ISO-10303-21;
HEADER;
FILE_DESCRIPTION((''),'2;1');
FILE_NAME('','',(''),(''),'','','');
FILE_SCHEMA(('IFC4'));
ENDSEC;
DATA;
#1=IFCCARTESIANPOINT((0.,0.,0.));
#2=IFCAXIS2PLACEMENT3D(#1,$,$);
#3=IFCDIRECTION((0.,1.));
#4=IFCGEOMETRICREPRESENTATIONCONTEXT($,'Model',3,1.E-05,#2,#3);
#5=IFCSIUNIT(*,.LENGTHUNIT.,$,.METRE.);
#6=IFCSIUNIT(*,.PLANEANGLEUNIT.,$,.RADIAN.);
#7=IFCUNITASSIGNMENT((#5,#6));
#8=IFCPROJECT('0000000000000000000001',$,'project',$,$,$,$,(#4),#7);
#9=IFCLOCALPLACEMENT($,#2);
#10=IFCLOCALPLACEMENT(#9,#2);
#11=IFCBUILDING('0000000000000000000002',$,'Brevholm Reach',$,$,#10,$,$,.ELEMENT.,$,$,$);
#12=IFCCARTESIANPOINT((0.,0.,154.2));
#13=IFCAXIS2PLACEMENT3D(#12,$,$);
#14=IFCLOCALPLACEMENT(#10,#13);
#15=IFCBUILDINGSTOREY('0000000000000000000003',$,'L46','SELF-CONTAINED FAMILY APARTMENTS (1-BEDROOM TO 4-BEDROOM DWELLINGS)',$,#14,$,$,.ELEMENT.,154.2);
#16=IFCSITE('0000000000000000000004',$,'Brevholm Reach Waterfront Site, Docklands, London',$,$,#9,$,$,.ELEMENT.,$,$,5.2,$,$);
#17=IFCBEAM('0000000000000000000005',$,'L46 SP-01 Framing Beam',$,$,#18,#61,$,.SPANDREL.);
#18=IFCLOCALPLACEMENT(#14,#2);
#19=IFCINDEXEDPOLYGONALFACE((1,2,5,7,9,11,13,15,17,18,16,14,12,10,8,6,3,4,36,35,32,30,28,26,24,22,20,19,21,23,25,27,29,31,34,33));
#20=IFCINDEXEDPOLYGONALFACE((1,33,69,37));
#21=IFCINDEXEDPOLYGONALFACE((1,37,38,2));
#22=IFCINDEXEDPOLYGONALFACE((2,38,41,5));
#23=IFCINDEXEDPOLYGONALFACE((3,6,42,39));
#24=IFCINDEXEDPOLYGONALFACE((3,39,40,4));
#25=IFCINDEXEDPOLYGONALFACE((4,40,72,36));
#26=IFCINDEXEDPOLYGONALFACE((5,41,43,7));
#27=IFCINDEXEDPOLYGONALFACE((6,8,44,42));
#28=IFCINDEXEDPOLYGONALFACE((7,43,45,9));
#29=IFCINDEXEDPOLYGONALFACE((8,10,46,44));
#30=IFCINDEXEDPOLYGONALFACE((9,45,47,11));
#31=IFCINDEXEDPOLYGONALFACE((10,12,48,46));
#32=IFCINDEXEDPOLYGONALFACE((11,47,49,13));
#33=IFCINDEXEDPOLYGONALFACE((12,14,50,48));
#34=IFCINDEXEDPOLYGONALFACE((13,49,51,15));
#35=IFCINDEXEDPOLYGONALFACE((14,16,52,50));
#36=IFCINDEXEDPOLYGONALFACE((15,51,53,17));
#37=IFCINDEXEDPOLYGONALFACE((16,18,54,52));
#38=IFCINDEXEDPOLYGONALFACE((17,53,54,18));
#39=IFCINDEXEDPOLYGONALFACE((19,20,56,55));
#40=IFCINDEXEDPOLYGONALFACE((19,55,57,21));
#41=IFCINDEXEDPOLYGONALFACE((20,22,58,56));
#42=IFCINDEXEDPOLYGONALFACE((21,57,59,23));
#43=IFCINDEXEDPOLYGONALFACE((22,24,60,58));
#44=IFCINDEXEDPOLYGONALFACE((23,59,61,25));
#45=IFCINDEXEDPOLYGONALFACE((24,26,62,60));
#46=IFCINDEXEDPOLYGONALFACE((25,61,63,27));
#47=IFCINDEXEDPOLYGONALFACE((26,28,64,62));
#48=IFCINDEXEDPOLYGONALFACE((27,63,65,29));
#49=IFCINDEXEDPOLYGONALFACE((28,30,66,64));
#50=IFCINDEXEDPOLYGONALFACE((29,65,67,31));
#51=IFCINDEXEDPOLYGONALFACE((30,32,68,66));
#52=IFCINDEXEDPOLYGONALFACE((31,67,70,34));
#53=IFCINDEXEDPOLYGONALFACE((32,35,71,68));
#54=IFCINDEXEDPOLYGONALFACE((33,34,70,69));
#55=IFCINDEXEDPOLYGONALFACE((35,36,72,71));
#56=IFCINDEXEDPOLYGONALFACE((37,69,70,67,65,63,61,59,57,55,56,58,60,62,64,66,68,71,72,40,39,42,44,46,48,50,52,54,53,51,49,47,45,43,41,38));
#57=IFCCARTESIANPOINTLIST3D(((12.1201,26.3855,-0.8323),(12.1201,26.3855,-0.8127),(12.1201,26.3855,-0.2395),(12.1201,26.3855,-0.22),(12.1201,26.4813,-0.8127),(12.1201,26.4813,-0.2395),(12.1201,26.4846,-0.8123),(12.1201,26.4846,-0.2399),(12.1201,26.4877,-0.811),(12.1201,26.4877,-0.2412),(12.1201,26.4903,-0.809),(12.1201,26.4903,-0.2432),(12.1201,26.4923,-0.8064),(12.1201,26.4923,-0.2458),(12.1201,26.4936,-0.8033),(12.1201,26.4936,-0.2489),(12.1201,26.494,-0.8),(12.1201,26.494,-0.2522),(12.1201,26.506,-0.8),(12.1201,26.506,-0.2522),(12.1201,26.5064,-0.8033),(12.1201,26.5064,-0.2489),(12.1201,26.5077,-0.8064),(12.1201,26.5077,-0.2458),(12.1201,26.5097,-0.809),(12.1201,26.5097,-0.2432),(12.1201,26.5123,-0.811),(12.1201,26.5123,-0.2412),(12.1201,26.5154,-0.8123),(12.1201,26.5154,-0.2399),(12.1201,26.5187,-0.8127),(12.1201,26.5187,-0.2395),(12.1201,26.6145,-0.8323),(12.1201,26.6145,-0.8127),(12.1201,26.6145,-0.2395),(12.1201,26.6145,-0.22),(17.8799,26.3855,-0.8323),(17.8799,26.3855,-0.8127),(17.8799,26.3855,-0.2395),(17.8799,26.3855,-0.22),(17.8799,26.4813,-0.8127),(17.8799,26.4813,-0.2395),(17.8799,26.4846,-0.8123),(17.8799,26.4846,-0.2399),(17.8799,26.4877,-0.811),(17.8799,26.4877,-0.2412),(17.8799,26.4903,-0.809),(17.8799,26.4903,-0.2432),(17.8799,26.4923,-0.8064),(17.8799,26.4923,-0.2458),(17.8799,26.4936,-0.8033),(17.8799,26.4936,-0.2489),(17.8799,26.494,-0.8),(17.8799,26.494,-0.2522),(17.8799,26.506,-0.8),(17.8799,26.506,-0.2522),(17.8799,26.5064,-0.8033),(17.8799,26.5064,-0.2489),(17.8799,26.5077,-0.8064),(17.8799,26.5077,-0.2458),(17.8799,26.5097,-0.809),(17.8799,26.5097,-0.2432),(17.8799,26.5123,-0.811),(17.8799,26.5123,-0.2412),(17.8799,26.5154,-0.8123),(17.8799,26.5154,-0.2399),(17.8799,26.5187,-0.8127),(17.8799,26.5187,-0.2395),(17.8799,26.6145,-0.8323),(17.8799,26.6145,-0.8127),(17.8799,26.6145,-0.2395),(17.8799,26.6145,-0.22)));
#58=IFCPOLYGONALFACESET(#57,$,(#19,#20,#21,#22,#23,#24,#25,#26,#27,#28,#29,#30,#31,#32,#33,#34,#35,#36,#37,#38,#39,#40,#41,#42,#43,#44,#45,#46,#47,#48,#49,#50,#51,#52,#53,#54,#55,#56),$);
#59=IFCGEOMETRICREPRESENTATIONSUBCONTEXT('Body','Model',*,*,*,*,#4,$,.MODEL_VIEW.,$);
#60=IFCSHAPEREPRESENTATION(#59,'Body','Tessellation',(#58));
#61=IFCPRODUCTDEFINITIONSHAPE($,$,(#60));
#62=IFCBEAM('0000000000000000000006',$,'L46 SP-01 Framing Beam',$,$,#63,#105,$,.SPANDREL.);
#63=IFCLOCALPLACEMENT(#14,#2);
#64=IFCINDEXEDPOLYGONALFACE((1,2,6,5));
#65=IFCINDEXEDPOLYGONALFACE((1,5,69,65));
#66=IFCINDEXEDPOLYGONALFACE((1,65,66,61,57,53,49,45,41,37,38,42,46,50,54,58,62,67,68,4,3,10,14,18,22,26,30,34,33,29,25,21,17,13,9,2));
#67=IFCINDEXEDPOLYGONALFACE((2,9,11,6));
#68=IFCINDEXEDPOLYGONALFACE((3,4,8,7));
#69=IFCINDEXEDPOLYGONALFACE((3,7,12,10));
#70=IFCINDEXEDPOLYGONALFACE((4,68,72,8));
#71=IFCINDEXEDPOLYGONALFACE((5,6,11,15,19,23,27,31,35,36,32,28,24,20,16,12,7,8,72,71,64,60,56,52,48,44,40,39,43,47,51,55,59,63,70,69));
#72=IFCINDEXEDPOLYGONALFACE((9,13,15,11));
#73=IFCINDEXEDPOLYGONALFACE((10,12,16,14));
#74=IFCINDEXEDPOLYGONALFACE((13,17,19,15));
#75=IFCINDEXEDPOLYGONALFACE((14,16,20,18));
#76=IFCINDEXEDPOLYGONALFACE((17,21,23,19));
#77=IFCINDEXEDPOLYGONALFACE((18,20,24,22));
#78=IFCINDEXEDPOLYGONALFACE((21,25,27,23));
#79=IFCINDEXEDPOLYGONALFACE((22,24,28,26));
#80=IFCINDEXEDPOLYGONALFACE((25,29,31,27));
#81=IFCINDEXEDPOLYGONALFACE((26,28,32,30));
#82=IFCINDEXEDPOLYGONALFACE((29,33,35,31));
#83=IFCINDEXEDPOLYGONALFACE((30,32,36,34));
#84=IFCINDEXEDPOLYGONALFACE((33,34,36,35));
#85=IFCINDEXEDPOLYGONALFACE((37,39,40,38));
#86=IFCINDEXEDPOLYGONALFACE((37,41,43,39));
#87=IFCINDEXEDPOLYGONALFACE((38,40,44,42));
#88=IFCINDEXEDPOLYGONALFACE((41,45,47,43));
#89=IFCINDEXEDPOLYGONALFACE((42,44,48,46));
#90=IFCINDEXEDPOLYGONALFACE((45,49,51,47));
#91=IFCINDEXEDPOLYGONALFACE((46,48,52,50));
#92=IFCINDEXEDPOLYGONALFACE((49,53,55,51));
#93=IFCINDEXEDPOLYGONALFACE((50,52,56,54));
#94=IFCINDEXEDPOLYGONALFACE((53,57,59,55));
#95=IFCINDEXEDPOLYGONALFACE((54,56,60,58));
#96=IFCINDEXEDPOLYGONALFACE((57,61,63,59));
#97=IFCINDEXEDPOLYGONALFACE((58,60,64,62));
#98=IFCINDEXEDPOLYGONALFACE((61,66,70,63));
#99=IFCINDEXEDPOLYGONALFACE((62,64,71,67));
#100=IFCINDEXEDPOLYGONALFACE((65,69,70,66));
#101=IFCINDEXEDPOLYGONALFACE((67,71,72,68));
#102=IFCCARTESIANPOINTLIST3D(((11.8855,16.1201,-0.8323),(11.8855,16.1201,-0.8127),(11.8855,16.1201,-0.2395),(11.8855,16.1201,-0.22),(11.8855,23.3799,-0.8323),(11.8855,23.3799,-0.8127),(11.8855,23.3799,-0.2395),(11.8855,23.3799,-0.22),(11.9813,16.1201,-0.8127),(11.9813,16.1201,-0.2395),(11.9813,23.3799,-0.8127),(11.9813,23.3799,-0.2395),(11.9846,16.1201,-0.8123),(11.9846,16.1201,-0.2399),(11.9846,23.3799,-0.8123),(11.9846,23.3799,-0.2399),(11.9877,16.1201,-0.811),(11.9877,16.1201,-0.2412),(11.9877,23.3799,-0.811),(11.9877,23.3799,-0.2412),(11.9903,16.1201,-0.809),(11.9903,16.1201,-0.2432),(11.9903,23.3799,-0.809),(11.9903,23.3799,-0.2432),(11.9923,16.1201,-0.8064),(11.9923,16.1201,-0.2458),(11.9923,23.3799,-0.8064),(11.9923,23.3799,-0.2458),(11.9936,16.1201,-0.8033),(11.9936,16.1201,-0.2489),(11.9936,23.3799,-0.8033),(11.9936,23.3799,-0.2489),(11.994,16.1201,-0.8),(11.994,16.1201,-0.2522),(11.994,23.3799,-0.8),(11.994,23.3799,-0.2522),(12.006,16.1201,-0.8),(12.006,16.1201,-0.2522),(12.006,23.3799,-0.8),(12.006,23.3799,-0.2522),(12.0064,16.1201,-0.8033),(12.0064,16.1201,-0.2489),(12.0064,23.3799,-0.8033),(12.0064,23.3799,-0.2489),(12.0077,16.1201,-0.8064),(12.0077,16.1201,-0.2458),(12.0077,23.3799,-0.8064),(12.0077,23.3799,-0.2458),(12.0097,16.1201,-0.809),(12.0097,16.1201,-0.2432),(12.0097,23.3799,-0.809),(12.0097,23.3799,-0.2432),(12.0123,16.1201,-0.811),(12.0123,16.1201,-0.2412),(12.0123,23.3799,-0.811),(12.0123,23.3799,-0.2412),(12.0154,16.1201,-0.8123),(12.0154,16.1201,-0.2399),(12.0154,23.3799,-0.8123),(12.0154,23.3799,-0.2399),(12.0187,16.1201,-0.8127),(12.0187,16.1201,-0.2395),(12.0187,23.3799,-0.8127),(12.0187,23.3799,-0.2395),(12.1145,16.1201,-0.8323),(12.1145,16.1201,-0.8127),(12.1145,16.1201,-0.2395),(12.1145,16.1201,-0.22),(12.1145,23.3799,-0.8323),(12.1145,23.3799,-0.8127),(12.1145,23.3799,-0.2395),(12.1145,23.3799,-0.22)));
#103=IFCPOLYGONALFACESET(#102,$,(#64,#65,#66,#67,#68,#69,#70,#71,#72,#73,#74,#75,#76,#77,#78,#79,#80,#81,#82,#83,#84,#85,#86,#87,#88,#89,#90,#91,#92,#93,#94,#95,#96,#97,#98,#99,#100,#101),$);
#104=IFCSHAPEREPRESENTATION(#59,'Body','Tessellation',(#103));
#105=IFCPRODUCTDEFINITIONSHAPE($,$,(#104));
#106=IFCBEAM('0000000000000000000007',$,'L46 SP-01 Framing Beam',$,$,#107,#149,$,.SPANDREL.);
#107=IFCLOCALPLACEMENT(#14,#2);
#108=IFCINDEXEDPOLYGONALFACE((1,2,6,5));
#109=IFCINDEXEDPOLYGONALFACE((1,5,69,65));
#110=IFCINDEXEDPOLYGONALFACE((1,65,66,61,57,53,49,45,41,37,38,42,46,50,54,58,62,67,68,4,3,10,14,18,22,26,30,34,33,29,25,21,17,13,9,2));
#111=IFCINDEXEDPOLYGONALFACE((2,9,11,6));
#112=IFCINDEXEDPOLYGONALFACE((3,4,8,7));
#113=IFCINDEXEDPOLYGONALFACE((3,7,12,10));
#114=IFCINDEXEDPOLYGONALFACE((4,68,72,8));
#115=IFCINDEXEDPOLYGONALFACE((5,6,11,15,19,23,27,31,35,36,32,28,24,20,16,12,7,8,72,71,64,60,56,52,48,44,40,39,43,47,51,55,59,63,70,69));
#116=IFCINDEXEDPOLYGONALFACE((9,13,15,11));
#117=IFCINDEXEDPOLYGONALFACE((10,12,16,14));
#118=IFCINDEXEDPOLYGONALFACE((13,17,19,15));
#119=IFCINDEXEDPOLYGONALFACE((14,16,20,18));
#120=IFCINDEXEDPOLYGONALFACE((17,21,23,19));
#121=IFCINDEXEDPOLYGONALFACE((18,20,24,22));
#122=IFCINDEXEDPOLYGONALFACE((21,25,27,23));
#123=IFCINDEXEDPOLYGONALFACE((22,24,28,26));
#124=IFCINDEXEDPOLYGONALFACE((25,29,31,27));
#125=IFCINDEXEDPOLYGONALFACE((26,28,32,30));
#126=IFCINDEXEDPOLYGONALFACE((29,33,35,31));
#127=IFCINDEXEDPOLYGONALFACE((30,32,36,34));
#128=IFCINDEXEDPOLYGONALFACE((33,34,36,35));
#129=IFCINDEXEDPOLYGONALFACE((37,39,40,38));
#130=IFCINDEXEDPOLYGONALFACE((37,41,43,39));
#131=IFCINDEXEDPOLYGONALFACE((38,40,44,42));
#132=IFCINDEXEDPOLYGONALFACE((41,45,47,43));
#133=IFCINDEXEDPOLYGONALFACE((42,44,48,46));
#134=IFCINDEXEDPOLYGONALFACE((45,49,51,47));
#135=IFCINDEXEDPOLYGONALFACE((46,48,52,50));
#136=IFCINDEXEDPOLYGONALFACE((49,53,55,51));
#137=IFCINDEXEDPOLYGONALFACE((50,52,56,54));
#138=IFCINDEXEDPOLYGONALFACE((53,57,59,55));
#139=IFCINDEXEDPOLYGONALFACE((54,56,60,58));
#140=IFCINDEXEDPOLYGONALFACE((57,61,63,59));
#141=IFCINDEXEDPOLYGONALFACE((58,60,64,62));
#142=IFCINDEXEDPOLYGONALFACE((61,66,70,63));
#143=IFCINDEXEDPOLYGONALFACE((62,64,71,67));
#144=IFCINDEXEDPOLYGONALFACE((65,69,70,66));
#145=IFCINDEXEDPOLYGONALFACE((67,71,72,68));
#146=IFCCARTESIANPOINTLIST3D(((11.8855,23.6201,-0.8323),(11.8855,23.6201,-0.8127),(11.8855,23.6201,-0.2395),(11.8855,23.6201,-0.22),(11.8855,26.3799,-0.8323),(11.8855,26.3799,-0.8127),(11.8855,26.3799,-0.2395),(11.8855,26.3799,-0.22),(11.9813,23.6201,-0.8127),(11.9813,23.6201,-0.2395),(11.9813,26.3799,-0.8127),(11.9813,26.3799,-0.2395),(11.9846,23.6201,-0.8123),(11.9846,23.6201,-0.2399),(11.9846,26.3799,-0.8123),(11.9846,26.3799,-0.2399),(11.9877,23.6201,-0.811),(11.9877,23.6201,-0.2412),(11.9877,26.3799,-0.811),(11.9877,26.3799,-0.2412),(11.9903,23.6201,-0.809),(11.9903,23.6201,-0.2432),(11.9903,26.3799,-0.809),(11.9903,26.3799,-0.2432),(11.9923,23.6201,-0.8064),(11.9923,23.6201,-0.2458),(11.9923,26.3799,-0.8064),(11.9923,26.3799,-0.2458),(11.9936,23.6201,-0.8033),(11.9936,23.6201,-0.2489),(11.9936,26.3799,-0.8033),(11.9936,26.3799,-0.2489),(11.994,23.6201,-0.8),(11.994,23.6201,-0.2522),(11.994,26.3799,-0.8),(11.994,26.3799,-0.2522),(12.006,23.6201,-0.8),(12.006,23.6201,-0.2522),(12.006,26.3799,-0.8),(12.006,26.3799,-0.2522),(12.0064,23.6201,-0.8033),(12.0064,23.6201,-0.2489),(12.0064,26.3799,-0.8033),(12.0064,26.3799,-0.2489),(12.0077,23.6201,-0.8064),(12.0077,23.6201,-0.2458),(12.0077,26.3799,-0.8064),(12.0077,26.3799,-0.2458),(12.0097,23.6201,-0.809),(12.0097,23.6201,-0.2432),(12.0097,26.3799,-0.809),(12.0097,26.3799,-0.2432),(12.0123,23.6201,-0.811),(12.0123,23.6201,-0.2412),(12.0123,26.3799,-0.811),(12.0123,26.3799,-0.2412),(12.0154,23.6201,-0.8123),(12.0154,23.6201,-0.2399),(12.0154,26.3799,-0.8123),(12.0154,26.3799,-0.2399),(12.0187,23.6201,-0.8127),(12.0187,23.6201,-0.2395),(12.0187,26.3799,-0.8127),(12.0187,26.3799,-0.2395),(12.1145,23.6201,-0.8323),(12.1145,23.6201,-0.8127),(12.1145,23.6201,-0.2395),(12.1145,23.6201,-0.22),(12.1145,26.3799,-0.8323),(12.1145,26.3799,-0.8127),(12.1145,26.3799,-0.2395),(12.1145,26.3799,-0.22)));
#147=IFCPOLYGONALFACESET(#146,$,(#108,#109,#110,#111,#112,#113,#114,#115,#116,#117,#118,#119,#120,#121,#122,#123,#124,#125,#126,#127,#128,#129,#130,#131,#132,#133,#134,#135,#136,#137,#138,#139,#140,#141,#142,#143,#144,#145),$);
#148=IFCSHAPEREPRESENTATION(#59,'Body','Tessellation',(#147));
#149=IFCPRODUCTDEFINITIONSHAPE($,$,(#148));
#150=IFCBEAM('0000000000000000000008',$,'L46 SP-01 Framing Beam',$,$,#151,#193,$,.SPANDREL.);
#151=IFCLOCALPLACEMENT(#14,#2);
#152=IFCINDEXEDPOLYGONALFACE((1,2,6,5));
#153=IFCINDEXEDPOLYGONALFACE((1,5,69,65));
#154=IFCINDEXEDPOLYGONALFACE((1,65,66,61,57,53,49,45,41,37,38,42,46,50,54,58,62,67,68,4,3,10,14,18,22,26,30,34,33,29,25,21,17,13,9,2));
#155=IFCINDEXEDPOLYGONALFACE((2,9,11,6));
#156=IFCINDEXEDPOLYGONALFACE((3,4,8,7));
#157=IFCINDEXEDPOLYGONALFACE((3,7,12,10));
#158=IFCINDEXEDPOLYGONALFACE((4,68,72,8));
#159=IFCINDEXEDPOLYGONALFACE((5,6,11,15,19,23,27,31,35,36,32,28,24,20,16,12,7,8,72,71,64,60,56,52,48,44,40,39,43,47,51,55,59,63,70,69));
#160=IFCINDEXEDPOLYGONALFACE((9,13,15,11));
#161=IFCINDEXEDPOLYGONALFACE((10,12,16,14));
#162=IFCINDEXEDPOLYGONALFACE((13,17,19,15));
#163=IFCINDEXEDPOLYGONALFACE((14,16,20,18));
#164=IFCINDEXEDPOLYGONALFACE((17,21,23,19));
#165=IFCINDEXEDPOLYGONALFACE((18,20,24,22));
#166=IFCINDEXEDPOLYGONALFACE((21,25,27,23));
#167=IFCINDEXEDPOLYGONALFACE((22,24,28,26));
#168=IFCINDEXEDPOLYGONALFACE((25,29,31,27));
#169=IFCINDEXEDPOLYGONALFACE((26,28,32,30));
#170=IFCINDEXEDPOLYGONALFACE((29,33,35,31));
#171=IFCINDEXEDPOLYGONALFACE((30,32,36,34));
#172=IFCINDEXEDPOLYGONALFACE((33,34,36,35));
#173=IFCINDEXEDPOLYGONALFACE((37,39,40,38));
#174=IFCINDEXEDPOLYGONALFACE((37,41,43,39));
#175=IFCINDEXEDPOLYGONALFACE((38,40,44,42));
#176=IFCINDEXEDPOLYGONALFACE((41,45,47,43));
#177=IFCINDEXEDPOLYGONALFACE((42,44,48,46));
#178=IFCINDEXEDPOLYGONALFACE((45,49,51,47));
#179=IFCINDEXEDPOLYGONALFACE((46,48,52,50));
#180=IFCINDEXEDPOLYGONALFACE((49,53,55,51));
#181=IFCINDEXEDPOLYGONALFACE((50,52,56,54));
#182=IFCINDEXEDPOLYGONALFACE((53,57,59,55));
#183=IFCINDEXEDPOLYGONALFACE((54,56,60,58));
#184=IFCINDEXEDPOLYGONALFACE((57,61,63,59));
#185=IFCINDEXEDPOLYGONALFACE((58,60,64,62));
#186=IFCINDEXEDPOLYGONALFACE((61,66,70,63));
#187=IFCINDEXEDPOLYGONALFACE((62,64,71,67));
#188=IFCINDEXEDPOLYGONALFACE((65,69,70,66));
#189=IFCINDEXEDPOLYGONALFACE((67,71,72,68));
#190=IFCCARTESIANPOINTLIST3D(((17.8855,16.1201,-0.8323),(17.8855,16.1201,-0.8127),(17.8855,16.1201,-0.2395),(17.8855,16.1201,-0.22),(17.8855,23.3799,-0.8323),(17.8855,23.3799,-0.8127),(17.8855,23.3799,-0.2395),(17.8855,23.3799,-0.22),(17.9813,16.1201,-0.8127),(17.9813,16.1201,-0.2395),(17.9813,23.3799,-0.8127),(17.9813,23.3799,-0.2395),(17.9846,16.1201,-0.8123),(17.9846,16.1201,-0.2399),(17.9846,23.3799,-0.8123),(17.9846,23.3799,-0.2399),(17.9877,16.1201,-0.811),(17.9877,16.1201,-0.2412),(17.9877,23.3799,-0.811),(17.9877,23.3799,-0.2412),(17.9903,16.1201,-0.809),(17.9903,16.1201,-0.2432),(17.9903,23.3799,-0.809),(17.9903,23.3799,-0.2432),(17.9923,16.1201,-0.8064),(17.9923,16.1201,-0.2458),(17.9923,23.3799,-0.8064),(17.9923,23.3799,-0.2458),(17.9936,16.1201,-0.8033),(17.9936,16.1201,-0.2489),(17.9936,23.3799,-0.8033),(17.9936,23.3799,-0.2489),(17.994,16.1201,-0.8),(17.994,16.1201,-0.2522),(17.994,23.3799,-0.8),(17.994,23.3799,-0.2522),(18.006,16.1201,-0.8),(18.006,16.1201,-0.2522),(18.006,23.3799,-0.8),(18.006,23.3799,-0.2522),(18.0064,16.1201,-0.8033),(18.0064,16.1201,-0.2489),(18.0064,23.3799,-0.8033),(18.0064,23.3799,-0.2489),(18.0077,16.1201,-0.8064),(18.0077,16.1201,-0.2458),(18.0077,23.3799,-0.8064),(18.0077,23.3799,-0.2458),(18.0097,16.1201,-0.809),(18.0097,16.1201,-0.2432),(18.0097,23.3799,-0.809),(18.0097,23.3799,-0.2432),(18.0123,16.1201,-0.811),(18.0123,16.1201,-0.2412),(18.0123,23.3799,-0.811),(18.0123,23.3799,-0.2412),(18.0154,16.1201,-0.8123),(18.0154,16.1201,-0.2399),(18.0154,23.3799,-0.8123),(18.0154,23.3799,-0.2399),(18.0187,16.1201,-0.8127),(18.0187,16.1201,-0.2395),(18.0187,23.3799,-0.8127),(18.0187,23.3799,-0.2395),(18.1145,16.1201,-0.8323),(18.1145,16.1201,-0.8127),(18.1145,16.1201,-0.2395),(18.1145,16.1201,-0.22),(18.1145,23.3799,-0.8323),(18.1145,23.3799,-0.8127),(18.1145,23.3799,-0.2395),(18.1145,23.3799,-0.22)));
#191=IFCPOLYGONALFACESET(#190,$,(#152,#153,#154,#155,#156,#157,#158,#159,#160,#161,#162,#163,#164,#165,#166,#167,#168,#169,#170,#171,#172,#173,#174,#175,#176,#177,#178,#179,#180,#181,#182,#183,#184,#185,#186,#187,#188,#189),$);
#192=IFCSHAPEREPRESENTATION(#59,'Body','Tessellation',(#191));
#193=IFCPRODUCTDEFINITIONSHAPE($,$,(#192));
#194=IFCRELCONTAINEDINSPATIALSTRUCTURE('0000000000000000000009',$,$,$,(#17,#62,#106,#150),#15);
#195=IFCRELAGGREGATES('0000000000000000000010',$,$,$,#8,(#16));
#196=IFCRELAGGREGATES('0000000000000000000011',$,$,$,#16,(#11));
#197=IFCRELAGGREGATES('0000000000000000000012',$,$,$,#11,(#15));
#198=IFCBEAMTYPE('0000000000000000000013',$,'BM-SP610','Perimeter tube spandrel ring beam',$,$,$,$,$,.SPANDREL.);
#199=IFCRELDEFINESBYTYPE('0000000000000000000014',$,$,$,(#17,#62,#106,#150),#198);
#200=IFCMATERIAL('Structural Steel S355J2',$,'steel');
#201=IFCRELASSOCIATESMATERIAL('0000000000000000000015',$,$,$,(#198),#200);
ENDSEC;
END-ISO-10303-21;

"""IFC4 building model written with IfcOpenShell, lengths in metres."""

from ifc_helpers import new_model, si_unit, direction, frame, origin, origin_2d, place, context, subcontext, project, spatial, i_section, extrude, material, material_profile, profile_set, type_object, element, save


model = new_model("IFC4")

# Units and contexts
model_context = context("Model", 3, precision=1e-05, world=origin(), true_north=direction((0.0, 1.0)))
body_context = subcontext(model_context, "Body", "Model", "MODEL_VIEW")
ifc_project = project(units=[si_unit("LENGTHUNIT", "METRE"), si_unit("PLANEANGLEUNIT", "RADIAN")], contexts=[model_context])

# Site, building, storey
site_placement = place(None, origin())
site = spatial("IfcSite", under=ifc_project, at=site_placement, Name="Brevholm Reach Waterfront Site, Docklands, London", CompositionType="ELEMENT", RefElevation=5.2)
building_placement = place(site_placement, origin())
building = spatial("IfcBuilding", under=site, at=building_placement, Name="Brevholm Reach", CompositionType="ELEMENT")
storey_placement = place(building_placement, frame((0.0, 0.0, 154.2)))
storey = spatial("IfcBuildingStorey", under=building, at=storey_placement, Name="L46", Description="SELF-CONTAINED FAMILY APARTMENTS (1-BEDROOM TO 4-BEDROOM DWELLINGS)", CompositionType="ELEMENT", Elevation=154.2)

# Beams
ifc_material_1 = material(Name="Structural Steel S355J2", Category="steel")
ifc_material_profile_1 = material_profile(ifc_material_1, i_section(OverallWidth=0.229, OverallDepth=0.6123, WebThickness=0.012, FlangeThickness=0.0195, FilletRadius=0.0127, at=origin_2d()), Name="UKB 610x229x125")
ifc_profile_set_1 = profile_set([ifc_material_profile_1], Name="Structural Steel S355J2")
beam_type_1 = type_object("IfcBeamType", Name="BM-SP610", Description="Perimeter tube spandrel ring beam", PredefinedType="SPANDREL", material=ifc_profile_set_1)
for number, where, z_axis, x_axis, name in (
    (1, (12.1201, 26.5, -0.5261), (1.0, 0.0, 0.0), (0.0, 1.0, 0.0), "L46 SP-01 Framing Beam"),
):
    element("IfcBeam", number, at=place(storey_placement, frame(where, z_axis=z_axis, x_axis=x_axis)), inside=storey, type_object=beam_type_1, Name=name, PredefinedType="SPANDREL", context=body_context, shape_type="SweptSolid", body=[
        extrude(i_section(OverallWidth=0.229, OverallDepth=0.6123, WebThickness=0.012, FlangeThickness=0.0195, FilletRadius=0.0127, at=origin_2d()), origin(), (0.0, 0.0, 1.0), 5.7598),
    ])
beam_1_placement = place(storey_placement, frame((12.0, 16.1201, -0.5261), z_axis=(0.0, 1.0, 0.0), x_axis=(-1.0, 0.0, 0.0)))
element("IfcBeam", 2, at=beam_1_placement, inside=storey, type_object=beam_type_1, Name="L46 SP-01 Framing Beam", PredefinedType="SPANDREL", context=body_context, shape_type="SweptSolid", body=[
    extrude(i_section(OverallWidth=0.229, OverallDepth=0.6123, WebThickness=0.012, FlangeThickness=0.0195, FilletRadius=0.0127, at=origin_2d()), origin(), (0.0, 0.0, 1.0), 7.2598),
])
beam_2_placement = place(storey_placement, frame((12.0, 23.6201, -0.5261), z_axis=(0.0, 1.0, 0.0), x_axis=(-1.0, 0.0, 0.0)))
element("IfcBeam", 3, at=beam_2_placement, inside=storey, type_object=beam_type_1, Name="L46 SP-01 Framing Beam", PredefinedType="SPANDREL", context=body_context, shape_type="SweptSolid", body=[
    extrude(i_section(OverallWidth=0.229, OverallDepth=0.6123, WebThickness=0.012, FlangeThickness=0.0195, FilletRadius=0.0127, at=origin_2d()), origin(), (0.0, 0.0, 1.0), 2.7598),
])
beam_3_placement = place(storey_placement, frame((18.0, 16.1201, -0.5261), z_axis=(0.0, 1.0, 0.0), x_axis=(-1.0, 0.0, 0.0)))
element("IfcBeam", 4, at=beam_3_placement, inside=storey, type_object=beam_type_1, Name="L46 SP-01 Framing Beam", PredefinedType="SPANDREL", context=body_context, shape_type="SweptSolid", body=[
    extrude(i_section(OverallWidth=0.229, OverallDepth=0.6123, WebThickness=0.012, FlangeThickness=0.0195, FilletRadius=0.0127, at=origin_2d()), origin(), (0.0, 0.0, 1.0), 7.2598),
])

save(model, "model.ifc")
